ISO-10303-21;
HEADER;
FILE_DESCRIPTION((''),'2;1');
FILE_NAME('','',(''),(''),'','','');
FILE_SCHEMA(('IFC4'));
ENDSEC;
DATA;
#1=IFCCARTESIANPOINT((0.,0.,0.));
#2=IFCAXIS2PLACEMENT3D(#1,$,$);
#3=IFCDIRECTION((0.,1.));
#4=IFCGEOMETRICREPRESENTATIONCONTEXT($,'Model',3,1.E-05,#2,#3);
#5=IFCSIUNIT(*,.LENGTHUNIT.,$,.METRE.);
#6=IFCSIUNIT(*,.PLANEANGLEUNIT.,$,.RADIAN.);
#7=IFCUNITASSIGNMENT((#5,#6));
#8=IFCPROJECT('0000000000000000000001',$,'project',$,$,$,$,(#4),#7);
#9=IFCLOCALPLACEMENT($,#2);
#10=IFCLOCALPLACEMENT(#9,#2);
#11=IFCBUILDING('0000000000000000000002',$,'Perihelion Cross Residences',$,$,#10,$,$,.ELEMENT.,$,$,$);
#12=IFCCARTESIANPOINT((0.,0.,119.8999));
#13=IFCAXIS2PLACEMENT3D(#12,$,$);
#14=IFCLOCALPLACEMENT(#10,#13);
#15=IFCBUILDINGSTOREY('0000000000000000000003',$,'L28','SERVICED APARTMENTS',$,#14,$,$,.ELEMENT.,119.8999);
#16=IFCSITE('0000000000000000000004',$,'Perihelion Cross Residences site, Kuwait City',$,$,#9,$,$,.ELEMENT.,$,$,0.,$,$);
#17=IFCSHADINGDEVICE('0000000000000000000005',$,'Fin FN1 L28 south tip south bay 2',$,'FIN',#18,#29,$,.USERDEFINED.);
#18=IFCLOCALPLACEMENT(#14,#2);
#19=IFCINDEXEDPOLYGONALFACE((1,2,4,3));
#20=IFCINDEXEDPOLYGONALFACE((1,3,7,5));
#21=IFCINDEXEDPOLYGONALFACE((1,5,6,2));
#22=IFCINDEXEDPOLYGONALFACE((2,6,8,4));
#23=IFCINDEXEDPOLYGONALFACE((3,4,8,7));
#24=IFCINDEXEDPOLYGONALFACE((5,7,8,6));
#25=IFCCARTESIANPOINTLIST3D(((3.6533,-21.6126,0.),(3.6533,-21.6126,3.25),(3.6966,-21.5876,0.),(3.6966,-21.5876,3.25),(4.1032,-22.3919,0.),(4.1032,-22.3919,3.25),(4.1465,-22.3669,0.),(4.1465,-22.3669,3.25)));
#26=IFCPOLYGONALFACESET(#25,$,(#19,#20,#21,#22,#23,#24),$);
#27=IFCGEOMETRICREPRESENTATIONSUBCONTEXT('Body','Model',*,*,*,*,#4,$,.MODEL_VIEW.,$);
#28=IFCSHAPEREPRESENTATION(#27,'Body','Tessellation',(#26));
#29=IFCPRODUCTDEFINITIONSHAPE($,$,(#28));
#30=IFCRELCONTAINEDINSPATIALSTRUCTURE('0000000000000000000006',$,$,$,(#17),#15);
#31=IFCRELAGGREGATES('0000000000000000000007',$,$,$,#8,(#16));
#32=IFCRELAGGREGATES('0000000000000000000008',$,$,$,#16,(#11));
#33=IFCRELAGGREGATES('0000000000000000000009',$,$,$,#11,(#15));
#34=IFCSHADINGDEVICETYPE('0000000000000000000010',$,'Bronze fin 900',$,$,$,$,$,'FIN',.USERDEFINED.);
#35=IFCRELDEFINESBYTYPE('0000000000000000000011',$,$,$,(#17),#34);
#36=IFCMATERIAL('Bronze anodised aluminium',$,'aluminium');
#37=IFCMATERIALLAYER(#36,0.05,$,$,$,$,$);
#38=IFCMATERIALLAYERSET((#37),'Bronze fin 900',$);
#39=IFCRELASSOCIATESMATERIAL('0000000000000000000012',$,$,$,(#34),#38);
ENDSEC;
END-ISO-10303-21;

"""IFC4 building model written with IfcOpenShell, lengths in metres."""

from ifc_helpers import new_model, si_unit, direction, frame, origin, origin_2d, place, context, subcontext, project, spatial, rectangle, extrude, material, layer, layer_set, type_object, element, save


model = new_model("IFC4")

# Units and contexts
model_context = context("Model", 3, precision=1e-05, world=origin(), true_north=direction((0.0, 1.0)))
body_context = subcontext(model_context, "Body", "Model", "MODEL_VIEW")
ifc_project = project(units=[si_unit("LENGTHUNIT", "METRE"), si_unit("PLANEANGLEUNIT", "RADIAN")], contexts=[model_context])

# Site, building, storey
site_placement = place(None, origin())
site = spatial("IfcSite", under=ifc_project, at=site_placement, Name="Perihelion Cross Residences site, Kuwait City", CompositionType="ELEMENT", RefElevation=0.0)
building_placement = place(site_placement, origin())
building = spatial("IfcBuilding", under=site, at=building_placement, Name="Perihelion Cross Residences", CompositionType="ELEMENT")
storey_placement = place(building_placement, frame((0.0, 0.0, 119.8999)))
storey = spatial("IfcBuildingStorey", under=building, at=storey_placement, Name="L28", Description="SERVICED APARTMENTS", CompositionType="ELEMENT", Elevation=119.8999)

# Shading device
ifc_material_1 = material(Name="Bronze anodised aluminium", Category="aluminium")
ifc_layer_1 = layer(ifc_material_1, 0.05)
ifc_layer_set_1 = layer_set([ifc_layer_1], Name="Bronze fin 900")
shading_device_type = type_object("IfcShadingDeviceType", Name="Bronze fin 900", ElementType="FIN", PredefinedType="USERDEFINED", material=ifc_layer_set_1)
shading_device_placement = place(storey_placement, frame((3.8999, -21.9897, 0.0), z_axis=(0.0, 0.0, 1.0), x_axis=(0.5, -0.866025, 0.0)))
element("IfcShadingDevice", 1, at=shading_device_placement, inside=storey, type_object=shading_device_type, Name="Fin FN1 L28 south tip south bay 2", ObjectType="FIN", PredefinedType="USERDEFINED", context=body_context, shape_type="SweptSolid", body=[
    extrude(rectangle(XDim=0.8999, YDim=0.05, at=origin_2d()), origin(), (0.0, 0.0, 1.0), 3.25),
])

save(model, "model.ifc")
